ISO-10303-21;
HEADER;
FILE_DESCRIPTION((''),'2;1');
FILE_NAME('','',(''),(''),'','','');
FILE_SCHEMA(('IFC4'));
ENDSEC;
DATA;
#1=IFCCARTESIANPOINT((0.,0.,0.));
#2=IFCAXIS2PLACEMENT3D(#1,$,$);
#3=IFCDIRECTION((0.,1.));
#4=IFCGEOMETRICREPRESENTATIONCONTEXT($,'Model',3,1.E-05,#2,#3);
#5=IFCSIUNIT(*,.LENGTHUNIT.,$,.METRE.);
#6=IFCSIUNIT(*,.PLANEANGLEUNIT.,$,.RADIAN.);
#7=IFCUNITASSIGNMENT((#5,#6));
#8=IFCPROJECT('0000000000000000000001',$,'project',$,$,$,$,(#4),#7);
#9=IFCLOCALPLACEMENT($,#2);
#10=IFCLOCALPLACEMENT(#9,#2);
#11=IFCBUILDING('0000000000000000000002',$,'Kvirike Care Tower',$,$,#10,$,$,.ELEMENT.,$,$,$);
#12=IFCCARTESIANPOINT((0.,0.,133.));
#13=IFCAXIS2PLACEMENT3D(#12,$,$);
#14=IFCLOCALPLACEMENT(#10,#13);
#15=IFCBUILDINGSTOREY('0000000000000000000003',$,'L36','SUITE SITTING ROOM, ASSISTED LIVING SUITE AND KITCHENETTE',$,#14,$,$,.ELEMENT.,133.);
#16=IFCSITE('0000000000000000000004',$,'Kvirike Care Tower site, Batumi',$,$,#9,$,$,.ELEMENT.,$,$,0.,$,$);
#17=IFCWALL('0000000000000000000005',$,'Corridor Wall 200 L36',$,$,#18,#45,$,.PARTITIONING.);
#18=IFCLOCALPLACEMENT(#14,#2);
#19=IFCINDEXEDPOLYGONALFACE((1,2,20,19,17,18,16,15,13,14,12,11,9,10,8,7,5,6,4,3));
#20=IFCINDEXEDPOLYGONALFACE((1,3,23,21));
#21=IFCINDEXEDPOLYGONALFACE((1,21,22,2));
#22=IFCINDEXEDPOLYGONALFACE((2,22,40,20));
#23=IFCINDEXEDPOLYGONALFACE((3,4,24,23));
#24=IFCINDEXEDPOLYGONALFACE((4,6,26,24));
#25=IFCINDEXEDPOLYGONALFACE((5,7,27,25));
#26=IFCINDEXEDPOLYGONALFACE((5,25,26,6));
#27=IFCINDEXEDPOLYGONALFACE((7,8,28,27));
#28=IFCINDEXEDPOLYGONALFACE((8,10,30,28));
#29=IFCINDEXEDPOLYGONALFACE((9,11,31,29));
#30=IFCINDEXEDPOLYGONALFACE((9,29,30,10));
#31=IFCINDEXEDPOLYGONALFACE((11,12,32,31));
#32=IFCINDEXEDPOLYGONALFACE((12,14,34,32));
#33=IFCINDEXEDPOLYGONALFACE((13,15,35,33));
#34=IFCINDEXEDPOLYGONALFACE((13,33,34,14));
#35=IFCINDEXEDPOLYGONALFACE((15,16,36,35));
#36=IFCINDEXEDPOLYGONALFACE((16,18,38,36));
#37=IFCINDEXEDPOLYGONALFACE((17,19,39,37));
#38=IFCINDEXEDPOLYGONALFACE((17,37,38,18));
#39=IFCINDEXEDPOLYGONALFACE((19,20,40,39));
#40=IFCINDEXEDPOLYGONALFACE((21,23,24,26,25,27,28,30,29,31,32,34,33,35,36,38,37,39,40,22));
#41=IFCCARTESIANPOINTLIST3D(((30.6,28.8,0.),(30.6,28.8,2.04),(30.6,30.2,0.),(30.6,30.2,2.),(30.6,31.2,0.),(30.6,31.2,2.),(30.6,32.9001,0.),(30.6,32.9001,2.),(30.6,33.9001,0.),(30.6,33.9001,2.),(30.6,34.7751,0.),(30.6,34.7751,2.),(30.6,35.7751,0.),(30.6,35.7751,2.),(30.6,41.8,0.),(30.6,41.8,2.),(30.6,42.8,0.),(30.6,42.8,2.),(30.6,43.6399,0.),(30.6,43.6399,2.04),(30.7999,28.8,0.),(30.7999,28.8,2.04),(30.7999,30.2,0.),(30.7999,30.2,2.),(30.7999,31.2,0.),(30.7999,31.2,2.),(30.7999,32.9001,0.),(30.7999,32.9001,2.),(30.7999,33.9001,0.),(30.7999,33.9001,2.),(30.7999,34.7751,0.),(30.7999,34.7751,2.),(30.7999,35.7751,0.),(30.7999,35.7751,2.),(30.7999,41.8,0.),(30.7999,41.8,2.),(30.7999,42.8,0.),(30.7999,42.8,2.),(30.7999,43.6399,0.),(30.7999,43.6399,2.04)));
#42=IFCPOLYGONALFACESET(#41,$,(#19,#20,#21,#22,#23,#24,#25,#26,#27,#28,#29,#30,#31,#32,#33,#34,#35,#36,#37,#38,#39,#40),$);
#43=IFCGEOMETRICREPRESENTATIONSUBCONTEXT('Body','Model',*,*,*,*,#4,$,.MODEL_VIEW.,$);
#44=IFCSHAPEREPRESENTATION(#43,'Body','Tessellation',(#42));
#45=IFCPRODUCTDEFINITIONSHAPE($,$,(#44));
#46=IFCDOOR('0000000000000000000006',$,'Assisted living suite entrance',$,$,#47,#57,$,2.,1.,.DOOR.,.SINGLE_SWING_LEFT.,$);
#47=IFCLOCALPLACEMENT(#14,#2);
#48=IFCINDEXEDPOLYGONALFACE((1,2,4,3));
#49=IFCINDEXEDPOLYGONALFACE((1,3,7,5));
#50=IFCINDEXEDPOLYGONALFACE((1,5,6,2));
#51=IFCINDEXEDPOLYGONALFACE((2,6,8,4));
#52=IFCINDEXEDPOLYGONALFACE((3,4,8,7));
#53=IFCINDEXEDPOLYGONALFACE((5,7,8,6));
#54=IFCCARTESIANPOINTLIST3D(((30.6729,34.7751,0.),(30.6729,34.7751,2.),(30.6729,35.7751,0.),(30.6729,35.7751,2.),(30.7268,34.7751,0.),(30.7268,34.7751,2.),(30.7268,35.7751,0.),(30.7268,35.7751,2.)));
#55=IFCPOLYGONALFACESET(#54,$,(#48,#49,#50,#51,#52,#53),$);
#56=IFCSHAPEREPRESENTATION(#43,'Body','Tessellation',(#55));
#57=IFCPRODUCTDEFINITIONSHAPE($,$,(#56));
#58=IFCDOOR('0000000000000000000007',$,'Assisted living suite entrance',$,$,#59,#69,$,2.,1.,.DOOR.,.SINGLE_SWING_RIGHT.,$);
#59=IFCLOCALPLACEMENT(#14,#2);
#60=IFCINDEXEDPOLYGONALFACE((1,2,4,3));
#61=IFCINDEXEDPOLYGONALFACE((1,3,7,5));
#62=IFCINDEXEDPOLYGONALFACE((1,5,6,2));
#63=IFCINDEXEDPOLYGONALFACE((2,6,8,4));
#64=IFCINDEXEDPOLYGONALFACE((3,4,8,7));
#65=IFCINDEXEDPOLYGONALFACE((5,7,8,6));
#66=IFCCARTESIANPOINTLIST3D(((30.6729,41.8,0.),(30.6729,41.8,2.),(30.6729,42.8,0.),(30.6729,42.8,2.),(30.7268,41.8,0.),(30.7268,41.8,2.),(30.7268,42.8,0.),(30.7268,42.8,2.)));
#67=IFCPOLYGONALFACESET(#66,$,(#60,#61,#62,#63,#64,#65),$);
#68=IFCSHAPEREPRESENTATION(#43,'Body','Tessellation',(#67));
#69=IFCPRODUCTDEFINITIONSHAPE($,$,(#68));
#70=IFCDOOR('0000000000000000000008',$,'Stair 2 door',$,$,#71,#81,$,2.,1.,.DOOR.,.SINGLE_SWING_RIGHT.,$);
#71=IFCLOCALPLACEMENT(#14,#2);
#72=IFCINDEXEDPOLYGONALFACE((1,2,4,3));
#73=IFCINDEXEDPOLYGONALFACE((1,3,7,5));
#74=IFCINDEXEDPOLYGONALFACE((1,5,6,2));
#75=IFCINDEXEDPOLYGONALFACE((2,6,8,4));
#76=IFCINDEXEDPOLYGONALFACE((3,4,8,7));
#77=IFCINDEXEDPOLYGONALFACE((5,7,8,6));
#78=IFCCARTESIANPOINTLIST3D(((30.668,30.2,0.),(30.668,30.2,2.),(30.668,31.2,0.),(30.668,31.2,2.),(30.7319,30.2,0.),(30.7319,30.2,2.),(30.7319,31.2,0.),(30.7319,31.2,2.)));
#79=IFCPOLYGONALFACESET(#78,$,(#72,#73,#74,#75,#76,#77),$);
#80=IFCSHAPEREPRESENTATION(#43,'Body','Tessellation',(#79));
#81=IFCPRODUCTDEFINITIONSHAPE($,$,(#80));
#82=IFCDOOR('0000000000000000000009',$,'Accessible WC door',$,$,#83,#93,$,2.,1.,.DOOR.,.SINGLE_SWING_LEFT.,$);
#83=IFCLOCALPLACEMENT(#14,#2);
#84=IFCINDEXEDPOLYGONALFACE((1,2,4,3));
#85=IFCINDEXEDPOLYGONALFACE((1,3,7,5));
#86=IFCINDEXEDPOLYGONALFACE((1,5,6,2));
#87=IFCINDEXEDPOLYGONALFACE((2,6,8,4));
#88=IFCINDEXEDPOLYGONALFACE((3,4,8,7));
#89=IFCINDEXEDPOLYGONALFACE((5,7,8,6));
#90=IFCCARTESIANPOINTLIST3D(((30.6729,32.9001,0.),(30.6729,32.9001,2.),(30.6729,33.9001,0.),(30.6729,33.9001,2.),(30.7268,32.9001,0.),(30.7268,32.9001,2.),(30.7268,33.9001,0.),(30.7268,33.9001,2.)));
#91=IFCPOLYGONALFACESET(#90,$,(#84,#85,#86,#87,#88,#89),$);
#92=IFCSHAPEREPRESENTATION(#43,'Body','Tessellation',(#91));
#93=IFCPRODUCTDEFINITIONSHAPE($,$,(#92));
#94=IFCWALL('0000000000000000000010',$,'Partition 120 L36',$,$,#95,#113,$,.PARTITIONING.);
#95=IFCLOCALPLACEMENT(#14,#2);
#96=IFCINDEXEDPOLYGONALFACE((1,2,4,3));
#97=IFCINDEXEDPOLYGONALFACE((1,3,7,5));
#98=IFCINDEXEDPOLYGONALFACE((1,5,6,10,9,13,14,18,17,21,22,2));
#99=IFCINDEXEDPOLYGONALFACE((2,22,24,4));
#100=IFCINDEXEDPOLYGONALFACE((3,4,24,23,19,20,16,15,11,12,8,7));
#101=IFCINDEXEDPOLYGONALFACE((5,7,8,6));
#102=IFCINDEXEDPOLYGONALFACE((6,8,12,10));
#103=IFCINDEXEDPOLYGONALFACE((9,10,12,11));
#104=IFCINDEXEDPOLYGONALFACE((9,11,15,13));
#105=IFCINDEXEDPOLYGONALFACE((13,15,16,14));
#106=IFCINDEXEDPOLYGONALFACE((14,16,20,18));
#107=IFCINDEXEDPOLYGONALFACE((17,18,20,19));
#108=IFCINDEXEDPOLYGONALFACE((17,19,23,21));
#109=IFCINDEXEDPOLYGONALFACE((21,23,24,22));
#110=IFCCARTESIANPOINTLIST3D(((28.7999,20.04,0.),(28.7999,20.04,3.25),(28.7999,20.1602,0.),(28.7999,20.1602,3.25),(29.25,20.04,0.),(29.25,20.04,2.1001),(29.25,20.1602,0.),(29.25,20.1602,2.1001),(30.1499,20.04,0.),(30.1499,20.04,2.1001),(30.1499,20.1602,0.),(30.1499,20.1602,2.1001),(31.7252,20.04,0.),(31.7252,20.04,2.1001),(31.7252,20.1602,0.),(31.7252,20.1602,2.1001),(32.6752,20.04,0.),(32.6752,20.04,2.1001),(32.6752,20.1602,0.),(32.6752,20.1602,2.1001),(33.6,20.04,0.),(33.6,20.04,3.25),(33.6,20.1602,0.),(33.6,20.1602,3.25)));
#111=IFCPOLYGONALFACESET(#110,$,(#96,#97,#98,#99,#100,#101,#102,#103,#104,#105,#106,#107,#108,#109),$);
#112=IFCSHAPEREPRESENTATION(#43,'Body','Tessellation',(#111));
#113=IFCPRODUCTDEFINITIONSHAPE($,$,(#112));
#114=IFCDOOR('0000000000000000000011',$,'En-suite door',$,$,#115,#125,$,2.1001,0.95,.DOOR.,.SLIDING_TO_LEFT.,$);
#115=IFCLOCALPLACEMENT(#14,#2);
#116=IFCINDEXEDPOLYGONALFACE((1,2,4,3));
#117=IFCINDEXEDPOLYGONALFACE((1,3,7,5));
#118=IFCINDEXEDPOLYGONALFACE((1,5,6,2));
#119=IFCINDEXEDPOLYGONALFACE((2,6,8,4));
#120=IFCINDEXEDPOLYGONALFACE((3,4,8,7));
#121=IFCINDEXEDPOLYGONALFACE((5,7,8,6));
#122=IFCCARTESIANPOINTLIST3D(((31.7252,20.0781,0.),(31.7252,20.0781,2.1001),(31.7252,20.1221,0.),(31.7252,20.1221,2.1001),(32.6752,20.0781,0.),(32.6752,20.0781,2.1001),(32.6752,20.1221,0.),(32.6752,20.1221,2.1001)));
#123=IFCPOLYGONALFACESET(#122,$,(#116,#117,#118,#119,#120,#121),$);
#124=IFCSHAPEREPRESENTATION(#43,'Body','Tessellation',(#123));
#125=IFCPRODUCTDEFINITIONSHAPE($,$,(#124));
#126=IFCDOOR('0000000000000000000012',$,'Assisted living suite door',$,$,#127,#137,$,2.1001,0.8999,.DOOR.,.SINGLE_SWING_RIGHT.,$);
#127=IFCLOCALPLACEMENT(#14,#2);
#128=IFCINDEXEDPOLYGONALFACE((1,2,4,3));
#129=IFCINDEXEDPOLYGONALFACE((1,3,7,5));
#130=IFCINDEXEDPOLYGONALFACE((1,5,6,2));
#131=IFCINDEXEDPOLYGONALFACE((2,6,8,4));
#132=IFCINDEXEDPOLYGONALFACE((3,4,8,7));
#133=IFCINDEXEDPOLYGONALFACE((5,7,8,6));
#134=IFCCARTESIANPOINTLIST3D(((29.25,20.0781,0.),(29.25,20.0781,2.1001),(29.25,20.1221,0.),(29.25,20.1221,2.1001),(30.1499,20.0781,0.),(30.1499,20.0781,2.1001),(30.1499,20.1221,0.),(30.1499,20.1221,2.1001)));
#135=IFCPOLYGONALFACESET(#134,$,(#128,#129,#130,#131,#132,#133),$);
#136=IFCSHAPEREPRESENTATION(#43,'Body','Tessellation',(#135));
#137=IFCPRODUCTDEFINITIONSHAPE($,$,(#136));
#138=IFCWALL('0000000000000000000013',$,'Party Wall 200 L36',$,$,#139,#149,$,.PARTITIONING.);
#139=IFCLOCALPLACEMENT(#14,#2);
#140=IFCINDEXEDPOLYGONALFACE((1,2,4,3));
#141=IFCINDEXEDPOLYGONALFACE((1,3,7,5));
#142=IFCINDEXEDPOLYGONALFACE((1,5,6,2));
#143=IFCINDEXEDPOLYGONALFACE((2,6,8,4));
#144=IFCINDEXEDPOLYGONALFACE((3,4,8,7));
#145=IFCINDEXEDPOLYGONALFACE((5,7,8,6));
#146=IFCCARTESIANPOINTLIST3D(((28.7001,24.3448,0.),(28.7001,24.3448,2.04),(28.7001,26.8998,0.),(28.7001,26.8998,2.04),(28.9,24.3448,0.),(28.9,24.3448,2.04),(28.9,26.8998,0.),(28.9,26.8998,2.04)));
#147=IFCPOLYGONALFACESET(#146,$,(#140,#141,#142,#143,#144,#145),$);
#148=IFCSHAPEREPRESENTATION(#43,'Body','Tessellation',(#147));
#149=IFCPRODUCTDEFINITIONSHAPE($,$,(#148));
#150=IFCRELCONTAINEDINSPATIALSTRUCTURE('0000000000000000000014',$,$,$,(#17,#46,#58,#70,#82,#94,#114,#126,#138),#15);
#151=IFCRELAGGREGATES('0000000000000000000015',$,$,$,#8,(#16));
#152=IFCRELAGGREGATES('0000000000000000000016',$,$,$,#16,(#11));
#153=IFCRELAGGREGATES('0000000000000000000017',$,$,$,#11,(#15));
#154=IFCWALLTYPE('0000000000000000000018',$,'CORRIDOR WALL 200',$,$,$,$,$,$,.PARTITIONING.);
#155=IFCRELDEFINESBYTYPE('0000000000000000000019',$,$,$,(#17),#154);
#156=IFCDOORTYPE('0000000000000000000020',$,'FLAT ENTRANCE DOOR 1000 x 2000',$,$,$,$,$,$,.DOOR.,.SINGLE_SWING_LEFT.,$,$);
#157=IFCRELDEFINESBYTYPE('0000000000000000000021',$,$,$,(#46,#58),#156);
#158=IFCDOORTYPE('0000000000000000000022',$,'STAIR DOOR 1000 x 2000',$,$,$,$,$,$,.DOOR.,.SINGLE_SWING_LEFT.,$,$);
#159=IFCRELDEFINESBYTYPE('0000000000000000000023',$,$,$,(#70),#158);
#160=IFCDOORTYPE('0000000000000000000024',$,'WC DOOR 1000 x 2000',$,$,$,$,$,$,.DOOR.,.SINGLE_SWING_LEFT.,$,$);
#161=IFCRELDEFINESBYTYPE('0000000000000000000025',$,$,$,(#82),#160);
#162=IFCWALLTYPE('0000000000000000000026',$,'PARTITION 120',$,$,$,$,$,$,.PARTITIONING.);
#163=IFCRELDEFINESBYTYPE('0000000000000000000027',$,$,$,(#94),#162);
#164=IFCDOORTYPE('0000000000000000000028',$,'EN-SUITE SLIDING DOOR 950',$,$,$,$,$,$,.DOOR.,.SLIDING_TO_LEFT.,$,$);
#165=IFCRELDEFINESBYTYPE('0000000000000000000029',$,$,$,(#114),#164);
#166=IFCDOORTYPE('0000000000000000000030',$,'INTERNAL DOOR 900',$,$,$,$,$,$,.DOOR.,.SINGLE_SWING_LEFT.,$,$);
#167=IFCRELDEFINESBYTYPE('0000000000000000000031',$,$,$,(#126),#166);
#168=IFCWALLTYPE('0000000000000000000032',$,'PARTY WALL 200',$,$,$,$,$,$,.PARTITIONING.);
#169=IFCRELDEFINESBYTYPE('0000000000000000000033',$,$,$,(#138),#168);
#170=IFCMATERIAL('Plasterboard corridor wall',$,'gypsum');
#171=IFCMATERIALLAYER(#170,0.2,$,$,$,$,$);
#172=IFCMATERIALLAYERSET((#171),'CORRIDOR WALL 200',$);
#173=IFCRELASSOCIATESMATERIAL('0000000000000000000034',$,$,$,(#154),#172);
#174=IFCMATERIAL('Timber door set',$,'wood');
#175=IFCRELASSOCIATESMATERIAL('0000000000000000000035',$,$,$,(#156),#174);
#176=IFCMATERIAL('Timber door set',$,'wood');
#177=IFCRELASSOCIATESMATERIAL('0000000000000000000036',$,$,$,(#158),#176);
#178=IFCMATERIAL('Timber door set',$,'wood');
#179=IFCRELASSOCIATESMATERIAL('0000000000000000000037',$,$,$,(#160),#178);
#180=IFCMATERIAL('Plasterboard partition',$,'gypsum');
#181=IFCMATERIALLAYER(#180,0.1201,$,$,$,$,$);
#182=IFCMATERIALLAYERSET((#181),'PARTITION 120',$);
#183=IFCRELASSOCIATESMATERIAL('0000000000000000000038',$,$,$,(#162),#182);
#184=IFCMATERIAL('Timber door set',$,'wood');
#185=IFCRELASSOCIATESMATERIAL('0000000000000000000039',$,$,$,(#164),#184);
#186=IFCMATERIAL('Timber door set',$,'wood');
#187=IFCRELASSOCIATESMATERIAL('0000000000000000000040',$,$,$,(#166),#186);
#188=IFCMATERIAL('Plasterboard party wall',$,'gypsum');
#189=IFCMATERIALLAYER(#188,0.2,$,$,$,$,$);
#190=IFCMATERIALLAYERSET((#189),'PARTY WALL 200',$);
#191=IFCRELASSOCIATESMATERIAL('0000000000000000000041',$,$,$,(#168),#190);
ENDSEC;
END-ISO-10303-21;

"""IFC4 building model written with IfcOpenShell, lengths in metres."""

from ifc_helpers import new_model, si_unit, direction, frame, frame_2d, origin, place, context, subcontext, project, spatial, rectangle, extrude, material, layer, layer_set, type_object, element, fill, save


model = new_model("IFC4")

# Units and contexts
model_context = context("Model", 3, precision=1e-05, world=origin(), true_north=direction((0.0, 1.0)))
body_context = subcontext(model_context, "Body", "Model", "MODEL_VIEW")
ifc_project = project(units=[si_unit("LENGTHUNIT", "METRE"), si_unit("PLANEANGLEUNIT", "RADIAN")], contexts=[model_context])

# Site, building, storey
site_placement = place(None, origin())
site = spatial("IfcSite", under=ifc_project, at=site_placement, Name="Kvirike Care Tower site, Batumi", CompositionType="ELEMENT", RefElevation=0.0)
building_placement = place(site_placement, origin())
building = spatial("IfcBuilding", under=site, at=building_placement, Name="Kvirike Care Tower", CompositionType="ELEMENT")
storey_placement = place(building_placement, frame((0.0, 0.0, 133.0)))
storey = spatial("IfcBuildingStorey", under=building, at=storey_placement, Name="L36", Description="SUITE SITTING ROOM, ASSISTED LIVING SUITE AND KITCHENETTE", CompositionType="ELEMENT", Elevation=133.0)

# Shared definitions
ifc_material_1 = material(Name="Plasterboard corridor wall", Category="gypsum")
ifc_layer_1 = layer(ifc_material_1, 0.2)
ifc_layer_set_1 = layer_set([ifc_layer_1], Name="CORRIDOR WALL 200")
wall_type_1 = type_object("IfcWallType", Name="CORRIDOR WALL 200", PredefinedType="PARTITIONING", material=ifc_layer_set_1)

# Walls, openings, doors
wall_1_placement = place(storey_placement, frame((30.7, 28.8, 0.0), z_axis=(0.0, 0.0, 1.0), x_axis=(0.0, 1.0, 0.0)))
wall_1 = element("IfcWall", 1, at=wall_1_placement, inside=storey, type_object=wall_type_1, Name="Corridor Wall 200 L36", PredefinedType="PARTITIONING", context=body_context, shape_type="SweptSolid", body=[
    extrude(rectangle(XDim=14.8398, YDim=0.2, at=frame_2d((7.4199, 0.0))), origin(), (0.0, 0.0, 1.0), 2.04),
])
opening_1_placement = place(wall_1_placement, frame((1.3999, 0.0, 0.0)))
opening_1 = element("IfcOpeningElement", 2, at=opening_1_placement, cuts=wall_1, PredefinedType="OPENING", context=body_context, shape_type="SweptSolid", body=[
    extrude(rectangle(XDim=1.0, YDim=2.0, at=frame_2d((0.5, 1.0))), frame((0.0, 0.1106, 0.0), z_axis=(0.0, -1.0, 0.0), x_axis=(1.0, 0.0, 0.0)), (0.0, 0.0, 1.0), 0.2209),
])
opening_2_placement = place(wall_1_placement, frame((4.1001, 0.0, 0.0)))
opening_2 = element("IfcOpeningElement", 3, at=opening_2_placement, cuts=wall_1, PredefinedType="OPENING", context=body_context, shape_type="SweptSolid", body=[
    extrude(rectangle(XDim=1.0, YDim=2.0, at=frame_2d((0.5, 1.0))), frame((0.0, 0.1106, 0.0), z_axis=(0.0, -1.0, 0.0), x_axis=(1.0, 0.0, 0.0)), (0.0, 0.0, 1.0), 0.2209),
])
opening_3_placement = place(wall_1_placement, frame((5.9751, 0.0, 0.0)))
opening_3 = element("IfcOpeningElement", 4, at=opening_3_placement, cuts=wall_1, PredefinedType="OPENING", context=body_context, shape_type="SweptSolid", body=[
    extrude(rectangle(XDim=1.0, YDim=2.0, at=frame_2d((0.5, 1.0))), frame((0.0, 0.1106, 0.0), z_axis=(0.0, -1.0, 0.0), x_axis=(1.0, 0.0, 0.0)), (0.0, 0.0, 1.0), 0.2209),
])
opening_4_placement = place(wall_1_placement, frame((13.0, 0.0, 0.0)))
opening_4 = element("IfcOpeningElement", 5, at=opening_4_placement, cuts=wall_1, PredefinedType="OPENING", context=body_context, shape_type="SweptSolid", body=[
    extrude(rectangle(XDim=1.0, YDim=2.0, at=frame_2d((0.5, 1.0))), frame((0.0, 0.1106, 0.0), z_axis=(0.0, -1.0, 0.0), x_axis=(1.0, 0.0, 0.0)), (0.0, 0.0, 1.0), 0.2209),
])
ifc_material_2 = material(Name="Timber door set", Category="wood")
door_type_1 = type_object("IfcDoorType", Name="FLAT ENTRANCE DOOR 1000 x 2000", OperationType="SINGLE_SWING_LEFT", PredefinedType="DOOR", material=ifc_material_2)
door_1_placement = place(opening_3_placement, frame((1.0, 0.0, 0.0), z_axis=(0.0, 0.0, 1.0), x_axis=(-1.0, 0.0, 0.0)))
door_1 = element("IfcDoor", 6, at=door_1_placement, inside=storey, type_object=door_type_1, Name="Assisted living suite entrance", OperationType="SINGLE_SWING_LEFT", OverallHeight=2.0, OverallWidth=1.0, PredefinedType="DOOR", context=body_context, shape_type="SweptSolid", body=[
    extrude(rectangle(XDim=1.0, YDim=2.0, at=frame_2d((0.5, 1.0))), frame((0.0, 0.0269, 0.0), z_axis=(0.0, -1.0, 0.0), x_axis=(1.0, 0.0, 0.0)), (0.0, 0.0, 1.0), 0.054),
])
fill(opening_3, door_1)
door_2_placement = place(opening_4_placement, frame((1.0, 0.0, 0.0), z_axis=(0.0, 0.0, 1.0), x_axis=(-1.0, 0.0, 0.0)))
door_2 = element("IfcDoor", 7, at=door_2_placement, inside=storey, type_object=door_type_1, Name="Assisted living suite entrance", OperationType="SINGLE_SWING_RIGHT", OverallHeight=2.0, OverallWidth=1.0, PredefinedType="DOOR", context=body_context, shape_type="SweptSolid", body=[
    extrude(rectangle(XDim=1.0, YDim=2.0, at=frame_2d((0.5, 1.0))), frame((0.0, 0.0269, 0.0), z_axis=(0.0, -1.0, 0.0), x_axis=(1.0, 0.0, 0.0)), (0.0, 0.0, 1.0), 0.054),
])
fill(opening_4, door_2)
ifc_material_3 = material(Name="Timber door set", Category="wood")
door_type_2 = type_object("IfcDoorType", Name="STAIR DOOR 1000 x 2000", OperationType="SINGLE_SWING_LEFT", PredefinedType="DOOR", material=ifc_material_3)
door_3_placement = place(opening_1_placement, frame((1.0, 0.0, 0.0), z_axis=(0.0, 0.0, 1.0), x_axis=(-1.0, 0.0, 0.0)))
door_3 = element("IfcDoor", 8, at=door_3_placement, inside=storey, type_object=door_type_2, Name="Stair 2 door", OperationType="SINGLE_SWING_RIGHT", OverallHeight=2.0, OverallWidth=1.0, PredefinedType="DOOR", context=body_context, shape_type="SweptSolid", body=[
    extrude(rectangle(XDim=1.0, YDim=2.0, at=frame_2d((0.5, 1.0))), frame((0.0, 0.032, 0.0), z_axis=(0.0, -1.0, 0.0), x_axis=(1.0, 0.0, 0.0)), (0.0, 0.0, 1.0), 0.064),
])
fill(opening_1, door_3)
ifc_material_4 = material(Name="Timber door set", Category="wood")
door_type_3 = type_object("IfcDoorType", Name="WC DOOR 1000 x 2000", OperationType="SINGLE_SWING_LEFT", PredefinedType="DOOR", material=ifc_material_4)
door_4_placement = place(opening_2_placement, frame((1.0, 0.0, 0.0), z_axis=(0.0, 0.0, 1.0), x_axis=(-1.0, 0.0, 0.0)))
door_4 = element("IfcDoor", 9, at=door_4_placement, inside=storey, type_object=door_type_3, Name="Accessible WC door", OperationType="SINGLE_SWING_LEFT", OverallHeight=2.0, OverallWidth=1.0, PredefinedType="DOOR", context=body_context, shape_type="SweptSolid", body=[
    extrude(rectangle(XDim=1.0, YDim=2.0, at=frame_2d((0.5, 1.0))), frame((0.0, 0.0269, 0.0), z_axis=(0.0, -1.0, 0.0), x_axis=(1.0, 0.0, 0.0)), (0.0, 0.0, 1.0), 0.054),
])
fill(opening_2, door_4)
ifc_material_5 = material(Name="Plasterboard partition", Category="gypsum")
ifc_layer_2 = layer(ifc_material_5, 0.1201)
ifc_layer_set_2 = layer_set([ifc_layer_2], Name="PARTITION 120")
wall_type_2 = type_object("IfcWallType", Name="PARTITION 120", PredefinedType="PARTITIONING", material=ifc_layer_set_2)
wall_2_placement = place(storey_placement, frame((28.8, 20.1001, 0.0), z_axis=(0.0, 0.0, 1.0), x_axis=(1.0, 0.0, 0.0)))
wall_2 = element("IfcWall", 10, at=wall_2_placement, inside=storey, type_object=wall_type_2, Name="Partition 120 L36", PredefinedType="PARTITIONING", context=body_context, shape_type="SweptSolid", body=[
    extrude(rectangle(XDim=4.8, YDim=0.1201, at=frame_2d((2.3999, 0.0))), origin(), (0.0, 0.0, 1.0), 3.25),
])
opening_5_placement = place(wall_2_placement, frame((0.45, 0.0, 0.0)))
opening_5 = element("IfcOpeningElement", 11, at=opening_5_placement, cuts=wall_2, PredefinedType="OPENING", context=body_context, shape_type="SweptSolid", body=[
    extrude(rectangle(XDim=0.8999, YDim=2.1001, at=frame_2d((0.45, 1.05))), frame((0.0, 0.0706, 0.0), z_axis=(0.0, -1.0, 0.0), x_axis=(1.0, 0.0, 0.0)), (0.0, 0.0, 1.0), 0.1411),
])
opening_6_placement = place(wall_2_placement, frame((2.925, 0.0, 0.0)))
opening_6 = element("IfcOpeningElement", 12, at=opening_6_placement, cuts=wall_2, PredefinedType="OPENING", context=body_context, shape_type="SweptSolid", body=[
    extrude(rectangle(XDim=0.95, YDim=2.1001, at=frame_2d((0.4751, 1.05))), frame((0.0, 0.0706, 0.0), z_axis=(0.0, -1.0, 0.0), x_axis=(1.0, 0.0, 0.0)), (0.0, 0.0, 1.0), 0.1411),
])
ifc_material_6 = material(Name="Timber door set", Category="wood")
door_type_4 = type_object("IfcDoorType", Name="EN-SUITE SLIDING DOOR 950", OperationType="SLIDING_TO_LEFT", PredefinedType="DOOR", material=ifc_material_6)
door_5_placement = place(opening_6_placement, origin())
door_5 = element("IfcDoor", 13, at=door_5_placement, inside=storey, type_object=door_type_4, Name="En-suite door", OperationType="SLIDING_TO_LEFT", OverallHeight=2.1001, OverallWidth=0.95, PredefinedType="DOOR", context=body_context, shape_type="SweptSolid", body=[
    extrude(rectangle(XDim=0.95, YDim=2.1001, at=frame_2d((0.4751, 1.05))), frame((0.0, 0.022, 0.0), z_axis=(0.0, -1.0, 0.0), x_axis=(1.0, 0.0, 0.0)), (0.0, 0.0, 1.0), 0.0439),
])
fill(opening_6, door_5)
ifc_material_7 = material(Name="Timber door set", Category="wood")
door_type_5 = type_object("IfcDoorType", Name="INTERNAL DOOR 900", OperationType="SINGLE_SWING_LEFT", PredefinedType="DOOR", material=ifc_material_7)
door_6_placement = place(opening_5_placement, origin())
door_6 = element("IfcDoor", 14, at=door_6_placement, inside=storey, type_object=door_type_5, Name="Assisted living suite door", OperationType="SINGLE_SWING_RIGHT", OverallHeight=2.1001, OverallWidth=0.8999, PredefinedType="DOOR", context=body_context, shape_type="SweptSolid", body=[
    extrude(rectangle(XDim=0.8999, YDim=2.1001, at=frame_2d((0.45, 1.05))), frame((0.0, 0.022, 0.0), z_axis=(0.0, -1.0, 0.0), x_axis=(1.0, 0.0, 0.0)), (0.0, 0.0, 1.0), 0.0439),
])
fill(opening_5, door_6)

# Wall
ifc_material_8 = material(Name="Plasterboard party wall", Category="gypsum")
ifc_layer_3 = layer(ifc_material_8, 0.2)
ifc_layer_set_3 = layer_set([ifc_layer_3], Name="PARTY WALL 200")
wall_type_3 = type_object("IfcWallType", Name="PARTY WALL 200", PredefinedType="PARTITIONING", material=ifc_layer_set_3)
wall_3_placement = place(storey_placement, frame((28.8, 24.345, 0.0), z_axis=(0.0, 0.0, 1.0), x_axis=(0.0, 1.0, 0.0)))
element("IfcWall", 15, at=wall_3_placement, inside=storey, type_object=wall_type_3, Name="Party Wall 200 L36", PredefinedType="PARTITIONING", context=body_context, shape_type="SweptSolid", body=[
    extrude(rectangle(XDim=2.5549, YDim=0.2, at=frame_2d((1.2773, 0.0))), origin(), (0.0, 0.0, 1.0), 2.04),
])

save(model, "model.ifc")
